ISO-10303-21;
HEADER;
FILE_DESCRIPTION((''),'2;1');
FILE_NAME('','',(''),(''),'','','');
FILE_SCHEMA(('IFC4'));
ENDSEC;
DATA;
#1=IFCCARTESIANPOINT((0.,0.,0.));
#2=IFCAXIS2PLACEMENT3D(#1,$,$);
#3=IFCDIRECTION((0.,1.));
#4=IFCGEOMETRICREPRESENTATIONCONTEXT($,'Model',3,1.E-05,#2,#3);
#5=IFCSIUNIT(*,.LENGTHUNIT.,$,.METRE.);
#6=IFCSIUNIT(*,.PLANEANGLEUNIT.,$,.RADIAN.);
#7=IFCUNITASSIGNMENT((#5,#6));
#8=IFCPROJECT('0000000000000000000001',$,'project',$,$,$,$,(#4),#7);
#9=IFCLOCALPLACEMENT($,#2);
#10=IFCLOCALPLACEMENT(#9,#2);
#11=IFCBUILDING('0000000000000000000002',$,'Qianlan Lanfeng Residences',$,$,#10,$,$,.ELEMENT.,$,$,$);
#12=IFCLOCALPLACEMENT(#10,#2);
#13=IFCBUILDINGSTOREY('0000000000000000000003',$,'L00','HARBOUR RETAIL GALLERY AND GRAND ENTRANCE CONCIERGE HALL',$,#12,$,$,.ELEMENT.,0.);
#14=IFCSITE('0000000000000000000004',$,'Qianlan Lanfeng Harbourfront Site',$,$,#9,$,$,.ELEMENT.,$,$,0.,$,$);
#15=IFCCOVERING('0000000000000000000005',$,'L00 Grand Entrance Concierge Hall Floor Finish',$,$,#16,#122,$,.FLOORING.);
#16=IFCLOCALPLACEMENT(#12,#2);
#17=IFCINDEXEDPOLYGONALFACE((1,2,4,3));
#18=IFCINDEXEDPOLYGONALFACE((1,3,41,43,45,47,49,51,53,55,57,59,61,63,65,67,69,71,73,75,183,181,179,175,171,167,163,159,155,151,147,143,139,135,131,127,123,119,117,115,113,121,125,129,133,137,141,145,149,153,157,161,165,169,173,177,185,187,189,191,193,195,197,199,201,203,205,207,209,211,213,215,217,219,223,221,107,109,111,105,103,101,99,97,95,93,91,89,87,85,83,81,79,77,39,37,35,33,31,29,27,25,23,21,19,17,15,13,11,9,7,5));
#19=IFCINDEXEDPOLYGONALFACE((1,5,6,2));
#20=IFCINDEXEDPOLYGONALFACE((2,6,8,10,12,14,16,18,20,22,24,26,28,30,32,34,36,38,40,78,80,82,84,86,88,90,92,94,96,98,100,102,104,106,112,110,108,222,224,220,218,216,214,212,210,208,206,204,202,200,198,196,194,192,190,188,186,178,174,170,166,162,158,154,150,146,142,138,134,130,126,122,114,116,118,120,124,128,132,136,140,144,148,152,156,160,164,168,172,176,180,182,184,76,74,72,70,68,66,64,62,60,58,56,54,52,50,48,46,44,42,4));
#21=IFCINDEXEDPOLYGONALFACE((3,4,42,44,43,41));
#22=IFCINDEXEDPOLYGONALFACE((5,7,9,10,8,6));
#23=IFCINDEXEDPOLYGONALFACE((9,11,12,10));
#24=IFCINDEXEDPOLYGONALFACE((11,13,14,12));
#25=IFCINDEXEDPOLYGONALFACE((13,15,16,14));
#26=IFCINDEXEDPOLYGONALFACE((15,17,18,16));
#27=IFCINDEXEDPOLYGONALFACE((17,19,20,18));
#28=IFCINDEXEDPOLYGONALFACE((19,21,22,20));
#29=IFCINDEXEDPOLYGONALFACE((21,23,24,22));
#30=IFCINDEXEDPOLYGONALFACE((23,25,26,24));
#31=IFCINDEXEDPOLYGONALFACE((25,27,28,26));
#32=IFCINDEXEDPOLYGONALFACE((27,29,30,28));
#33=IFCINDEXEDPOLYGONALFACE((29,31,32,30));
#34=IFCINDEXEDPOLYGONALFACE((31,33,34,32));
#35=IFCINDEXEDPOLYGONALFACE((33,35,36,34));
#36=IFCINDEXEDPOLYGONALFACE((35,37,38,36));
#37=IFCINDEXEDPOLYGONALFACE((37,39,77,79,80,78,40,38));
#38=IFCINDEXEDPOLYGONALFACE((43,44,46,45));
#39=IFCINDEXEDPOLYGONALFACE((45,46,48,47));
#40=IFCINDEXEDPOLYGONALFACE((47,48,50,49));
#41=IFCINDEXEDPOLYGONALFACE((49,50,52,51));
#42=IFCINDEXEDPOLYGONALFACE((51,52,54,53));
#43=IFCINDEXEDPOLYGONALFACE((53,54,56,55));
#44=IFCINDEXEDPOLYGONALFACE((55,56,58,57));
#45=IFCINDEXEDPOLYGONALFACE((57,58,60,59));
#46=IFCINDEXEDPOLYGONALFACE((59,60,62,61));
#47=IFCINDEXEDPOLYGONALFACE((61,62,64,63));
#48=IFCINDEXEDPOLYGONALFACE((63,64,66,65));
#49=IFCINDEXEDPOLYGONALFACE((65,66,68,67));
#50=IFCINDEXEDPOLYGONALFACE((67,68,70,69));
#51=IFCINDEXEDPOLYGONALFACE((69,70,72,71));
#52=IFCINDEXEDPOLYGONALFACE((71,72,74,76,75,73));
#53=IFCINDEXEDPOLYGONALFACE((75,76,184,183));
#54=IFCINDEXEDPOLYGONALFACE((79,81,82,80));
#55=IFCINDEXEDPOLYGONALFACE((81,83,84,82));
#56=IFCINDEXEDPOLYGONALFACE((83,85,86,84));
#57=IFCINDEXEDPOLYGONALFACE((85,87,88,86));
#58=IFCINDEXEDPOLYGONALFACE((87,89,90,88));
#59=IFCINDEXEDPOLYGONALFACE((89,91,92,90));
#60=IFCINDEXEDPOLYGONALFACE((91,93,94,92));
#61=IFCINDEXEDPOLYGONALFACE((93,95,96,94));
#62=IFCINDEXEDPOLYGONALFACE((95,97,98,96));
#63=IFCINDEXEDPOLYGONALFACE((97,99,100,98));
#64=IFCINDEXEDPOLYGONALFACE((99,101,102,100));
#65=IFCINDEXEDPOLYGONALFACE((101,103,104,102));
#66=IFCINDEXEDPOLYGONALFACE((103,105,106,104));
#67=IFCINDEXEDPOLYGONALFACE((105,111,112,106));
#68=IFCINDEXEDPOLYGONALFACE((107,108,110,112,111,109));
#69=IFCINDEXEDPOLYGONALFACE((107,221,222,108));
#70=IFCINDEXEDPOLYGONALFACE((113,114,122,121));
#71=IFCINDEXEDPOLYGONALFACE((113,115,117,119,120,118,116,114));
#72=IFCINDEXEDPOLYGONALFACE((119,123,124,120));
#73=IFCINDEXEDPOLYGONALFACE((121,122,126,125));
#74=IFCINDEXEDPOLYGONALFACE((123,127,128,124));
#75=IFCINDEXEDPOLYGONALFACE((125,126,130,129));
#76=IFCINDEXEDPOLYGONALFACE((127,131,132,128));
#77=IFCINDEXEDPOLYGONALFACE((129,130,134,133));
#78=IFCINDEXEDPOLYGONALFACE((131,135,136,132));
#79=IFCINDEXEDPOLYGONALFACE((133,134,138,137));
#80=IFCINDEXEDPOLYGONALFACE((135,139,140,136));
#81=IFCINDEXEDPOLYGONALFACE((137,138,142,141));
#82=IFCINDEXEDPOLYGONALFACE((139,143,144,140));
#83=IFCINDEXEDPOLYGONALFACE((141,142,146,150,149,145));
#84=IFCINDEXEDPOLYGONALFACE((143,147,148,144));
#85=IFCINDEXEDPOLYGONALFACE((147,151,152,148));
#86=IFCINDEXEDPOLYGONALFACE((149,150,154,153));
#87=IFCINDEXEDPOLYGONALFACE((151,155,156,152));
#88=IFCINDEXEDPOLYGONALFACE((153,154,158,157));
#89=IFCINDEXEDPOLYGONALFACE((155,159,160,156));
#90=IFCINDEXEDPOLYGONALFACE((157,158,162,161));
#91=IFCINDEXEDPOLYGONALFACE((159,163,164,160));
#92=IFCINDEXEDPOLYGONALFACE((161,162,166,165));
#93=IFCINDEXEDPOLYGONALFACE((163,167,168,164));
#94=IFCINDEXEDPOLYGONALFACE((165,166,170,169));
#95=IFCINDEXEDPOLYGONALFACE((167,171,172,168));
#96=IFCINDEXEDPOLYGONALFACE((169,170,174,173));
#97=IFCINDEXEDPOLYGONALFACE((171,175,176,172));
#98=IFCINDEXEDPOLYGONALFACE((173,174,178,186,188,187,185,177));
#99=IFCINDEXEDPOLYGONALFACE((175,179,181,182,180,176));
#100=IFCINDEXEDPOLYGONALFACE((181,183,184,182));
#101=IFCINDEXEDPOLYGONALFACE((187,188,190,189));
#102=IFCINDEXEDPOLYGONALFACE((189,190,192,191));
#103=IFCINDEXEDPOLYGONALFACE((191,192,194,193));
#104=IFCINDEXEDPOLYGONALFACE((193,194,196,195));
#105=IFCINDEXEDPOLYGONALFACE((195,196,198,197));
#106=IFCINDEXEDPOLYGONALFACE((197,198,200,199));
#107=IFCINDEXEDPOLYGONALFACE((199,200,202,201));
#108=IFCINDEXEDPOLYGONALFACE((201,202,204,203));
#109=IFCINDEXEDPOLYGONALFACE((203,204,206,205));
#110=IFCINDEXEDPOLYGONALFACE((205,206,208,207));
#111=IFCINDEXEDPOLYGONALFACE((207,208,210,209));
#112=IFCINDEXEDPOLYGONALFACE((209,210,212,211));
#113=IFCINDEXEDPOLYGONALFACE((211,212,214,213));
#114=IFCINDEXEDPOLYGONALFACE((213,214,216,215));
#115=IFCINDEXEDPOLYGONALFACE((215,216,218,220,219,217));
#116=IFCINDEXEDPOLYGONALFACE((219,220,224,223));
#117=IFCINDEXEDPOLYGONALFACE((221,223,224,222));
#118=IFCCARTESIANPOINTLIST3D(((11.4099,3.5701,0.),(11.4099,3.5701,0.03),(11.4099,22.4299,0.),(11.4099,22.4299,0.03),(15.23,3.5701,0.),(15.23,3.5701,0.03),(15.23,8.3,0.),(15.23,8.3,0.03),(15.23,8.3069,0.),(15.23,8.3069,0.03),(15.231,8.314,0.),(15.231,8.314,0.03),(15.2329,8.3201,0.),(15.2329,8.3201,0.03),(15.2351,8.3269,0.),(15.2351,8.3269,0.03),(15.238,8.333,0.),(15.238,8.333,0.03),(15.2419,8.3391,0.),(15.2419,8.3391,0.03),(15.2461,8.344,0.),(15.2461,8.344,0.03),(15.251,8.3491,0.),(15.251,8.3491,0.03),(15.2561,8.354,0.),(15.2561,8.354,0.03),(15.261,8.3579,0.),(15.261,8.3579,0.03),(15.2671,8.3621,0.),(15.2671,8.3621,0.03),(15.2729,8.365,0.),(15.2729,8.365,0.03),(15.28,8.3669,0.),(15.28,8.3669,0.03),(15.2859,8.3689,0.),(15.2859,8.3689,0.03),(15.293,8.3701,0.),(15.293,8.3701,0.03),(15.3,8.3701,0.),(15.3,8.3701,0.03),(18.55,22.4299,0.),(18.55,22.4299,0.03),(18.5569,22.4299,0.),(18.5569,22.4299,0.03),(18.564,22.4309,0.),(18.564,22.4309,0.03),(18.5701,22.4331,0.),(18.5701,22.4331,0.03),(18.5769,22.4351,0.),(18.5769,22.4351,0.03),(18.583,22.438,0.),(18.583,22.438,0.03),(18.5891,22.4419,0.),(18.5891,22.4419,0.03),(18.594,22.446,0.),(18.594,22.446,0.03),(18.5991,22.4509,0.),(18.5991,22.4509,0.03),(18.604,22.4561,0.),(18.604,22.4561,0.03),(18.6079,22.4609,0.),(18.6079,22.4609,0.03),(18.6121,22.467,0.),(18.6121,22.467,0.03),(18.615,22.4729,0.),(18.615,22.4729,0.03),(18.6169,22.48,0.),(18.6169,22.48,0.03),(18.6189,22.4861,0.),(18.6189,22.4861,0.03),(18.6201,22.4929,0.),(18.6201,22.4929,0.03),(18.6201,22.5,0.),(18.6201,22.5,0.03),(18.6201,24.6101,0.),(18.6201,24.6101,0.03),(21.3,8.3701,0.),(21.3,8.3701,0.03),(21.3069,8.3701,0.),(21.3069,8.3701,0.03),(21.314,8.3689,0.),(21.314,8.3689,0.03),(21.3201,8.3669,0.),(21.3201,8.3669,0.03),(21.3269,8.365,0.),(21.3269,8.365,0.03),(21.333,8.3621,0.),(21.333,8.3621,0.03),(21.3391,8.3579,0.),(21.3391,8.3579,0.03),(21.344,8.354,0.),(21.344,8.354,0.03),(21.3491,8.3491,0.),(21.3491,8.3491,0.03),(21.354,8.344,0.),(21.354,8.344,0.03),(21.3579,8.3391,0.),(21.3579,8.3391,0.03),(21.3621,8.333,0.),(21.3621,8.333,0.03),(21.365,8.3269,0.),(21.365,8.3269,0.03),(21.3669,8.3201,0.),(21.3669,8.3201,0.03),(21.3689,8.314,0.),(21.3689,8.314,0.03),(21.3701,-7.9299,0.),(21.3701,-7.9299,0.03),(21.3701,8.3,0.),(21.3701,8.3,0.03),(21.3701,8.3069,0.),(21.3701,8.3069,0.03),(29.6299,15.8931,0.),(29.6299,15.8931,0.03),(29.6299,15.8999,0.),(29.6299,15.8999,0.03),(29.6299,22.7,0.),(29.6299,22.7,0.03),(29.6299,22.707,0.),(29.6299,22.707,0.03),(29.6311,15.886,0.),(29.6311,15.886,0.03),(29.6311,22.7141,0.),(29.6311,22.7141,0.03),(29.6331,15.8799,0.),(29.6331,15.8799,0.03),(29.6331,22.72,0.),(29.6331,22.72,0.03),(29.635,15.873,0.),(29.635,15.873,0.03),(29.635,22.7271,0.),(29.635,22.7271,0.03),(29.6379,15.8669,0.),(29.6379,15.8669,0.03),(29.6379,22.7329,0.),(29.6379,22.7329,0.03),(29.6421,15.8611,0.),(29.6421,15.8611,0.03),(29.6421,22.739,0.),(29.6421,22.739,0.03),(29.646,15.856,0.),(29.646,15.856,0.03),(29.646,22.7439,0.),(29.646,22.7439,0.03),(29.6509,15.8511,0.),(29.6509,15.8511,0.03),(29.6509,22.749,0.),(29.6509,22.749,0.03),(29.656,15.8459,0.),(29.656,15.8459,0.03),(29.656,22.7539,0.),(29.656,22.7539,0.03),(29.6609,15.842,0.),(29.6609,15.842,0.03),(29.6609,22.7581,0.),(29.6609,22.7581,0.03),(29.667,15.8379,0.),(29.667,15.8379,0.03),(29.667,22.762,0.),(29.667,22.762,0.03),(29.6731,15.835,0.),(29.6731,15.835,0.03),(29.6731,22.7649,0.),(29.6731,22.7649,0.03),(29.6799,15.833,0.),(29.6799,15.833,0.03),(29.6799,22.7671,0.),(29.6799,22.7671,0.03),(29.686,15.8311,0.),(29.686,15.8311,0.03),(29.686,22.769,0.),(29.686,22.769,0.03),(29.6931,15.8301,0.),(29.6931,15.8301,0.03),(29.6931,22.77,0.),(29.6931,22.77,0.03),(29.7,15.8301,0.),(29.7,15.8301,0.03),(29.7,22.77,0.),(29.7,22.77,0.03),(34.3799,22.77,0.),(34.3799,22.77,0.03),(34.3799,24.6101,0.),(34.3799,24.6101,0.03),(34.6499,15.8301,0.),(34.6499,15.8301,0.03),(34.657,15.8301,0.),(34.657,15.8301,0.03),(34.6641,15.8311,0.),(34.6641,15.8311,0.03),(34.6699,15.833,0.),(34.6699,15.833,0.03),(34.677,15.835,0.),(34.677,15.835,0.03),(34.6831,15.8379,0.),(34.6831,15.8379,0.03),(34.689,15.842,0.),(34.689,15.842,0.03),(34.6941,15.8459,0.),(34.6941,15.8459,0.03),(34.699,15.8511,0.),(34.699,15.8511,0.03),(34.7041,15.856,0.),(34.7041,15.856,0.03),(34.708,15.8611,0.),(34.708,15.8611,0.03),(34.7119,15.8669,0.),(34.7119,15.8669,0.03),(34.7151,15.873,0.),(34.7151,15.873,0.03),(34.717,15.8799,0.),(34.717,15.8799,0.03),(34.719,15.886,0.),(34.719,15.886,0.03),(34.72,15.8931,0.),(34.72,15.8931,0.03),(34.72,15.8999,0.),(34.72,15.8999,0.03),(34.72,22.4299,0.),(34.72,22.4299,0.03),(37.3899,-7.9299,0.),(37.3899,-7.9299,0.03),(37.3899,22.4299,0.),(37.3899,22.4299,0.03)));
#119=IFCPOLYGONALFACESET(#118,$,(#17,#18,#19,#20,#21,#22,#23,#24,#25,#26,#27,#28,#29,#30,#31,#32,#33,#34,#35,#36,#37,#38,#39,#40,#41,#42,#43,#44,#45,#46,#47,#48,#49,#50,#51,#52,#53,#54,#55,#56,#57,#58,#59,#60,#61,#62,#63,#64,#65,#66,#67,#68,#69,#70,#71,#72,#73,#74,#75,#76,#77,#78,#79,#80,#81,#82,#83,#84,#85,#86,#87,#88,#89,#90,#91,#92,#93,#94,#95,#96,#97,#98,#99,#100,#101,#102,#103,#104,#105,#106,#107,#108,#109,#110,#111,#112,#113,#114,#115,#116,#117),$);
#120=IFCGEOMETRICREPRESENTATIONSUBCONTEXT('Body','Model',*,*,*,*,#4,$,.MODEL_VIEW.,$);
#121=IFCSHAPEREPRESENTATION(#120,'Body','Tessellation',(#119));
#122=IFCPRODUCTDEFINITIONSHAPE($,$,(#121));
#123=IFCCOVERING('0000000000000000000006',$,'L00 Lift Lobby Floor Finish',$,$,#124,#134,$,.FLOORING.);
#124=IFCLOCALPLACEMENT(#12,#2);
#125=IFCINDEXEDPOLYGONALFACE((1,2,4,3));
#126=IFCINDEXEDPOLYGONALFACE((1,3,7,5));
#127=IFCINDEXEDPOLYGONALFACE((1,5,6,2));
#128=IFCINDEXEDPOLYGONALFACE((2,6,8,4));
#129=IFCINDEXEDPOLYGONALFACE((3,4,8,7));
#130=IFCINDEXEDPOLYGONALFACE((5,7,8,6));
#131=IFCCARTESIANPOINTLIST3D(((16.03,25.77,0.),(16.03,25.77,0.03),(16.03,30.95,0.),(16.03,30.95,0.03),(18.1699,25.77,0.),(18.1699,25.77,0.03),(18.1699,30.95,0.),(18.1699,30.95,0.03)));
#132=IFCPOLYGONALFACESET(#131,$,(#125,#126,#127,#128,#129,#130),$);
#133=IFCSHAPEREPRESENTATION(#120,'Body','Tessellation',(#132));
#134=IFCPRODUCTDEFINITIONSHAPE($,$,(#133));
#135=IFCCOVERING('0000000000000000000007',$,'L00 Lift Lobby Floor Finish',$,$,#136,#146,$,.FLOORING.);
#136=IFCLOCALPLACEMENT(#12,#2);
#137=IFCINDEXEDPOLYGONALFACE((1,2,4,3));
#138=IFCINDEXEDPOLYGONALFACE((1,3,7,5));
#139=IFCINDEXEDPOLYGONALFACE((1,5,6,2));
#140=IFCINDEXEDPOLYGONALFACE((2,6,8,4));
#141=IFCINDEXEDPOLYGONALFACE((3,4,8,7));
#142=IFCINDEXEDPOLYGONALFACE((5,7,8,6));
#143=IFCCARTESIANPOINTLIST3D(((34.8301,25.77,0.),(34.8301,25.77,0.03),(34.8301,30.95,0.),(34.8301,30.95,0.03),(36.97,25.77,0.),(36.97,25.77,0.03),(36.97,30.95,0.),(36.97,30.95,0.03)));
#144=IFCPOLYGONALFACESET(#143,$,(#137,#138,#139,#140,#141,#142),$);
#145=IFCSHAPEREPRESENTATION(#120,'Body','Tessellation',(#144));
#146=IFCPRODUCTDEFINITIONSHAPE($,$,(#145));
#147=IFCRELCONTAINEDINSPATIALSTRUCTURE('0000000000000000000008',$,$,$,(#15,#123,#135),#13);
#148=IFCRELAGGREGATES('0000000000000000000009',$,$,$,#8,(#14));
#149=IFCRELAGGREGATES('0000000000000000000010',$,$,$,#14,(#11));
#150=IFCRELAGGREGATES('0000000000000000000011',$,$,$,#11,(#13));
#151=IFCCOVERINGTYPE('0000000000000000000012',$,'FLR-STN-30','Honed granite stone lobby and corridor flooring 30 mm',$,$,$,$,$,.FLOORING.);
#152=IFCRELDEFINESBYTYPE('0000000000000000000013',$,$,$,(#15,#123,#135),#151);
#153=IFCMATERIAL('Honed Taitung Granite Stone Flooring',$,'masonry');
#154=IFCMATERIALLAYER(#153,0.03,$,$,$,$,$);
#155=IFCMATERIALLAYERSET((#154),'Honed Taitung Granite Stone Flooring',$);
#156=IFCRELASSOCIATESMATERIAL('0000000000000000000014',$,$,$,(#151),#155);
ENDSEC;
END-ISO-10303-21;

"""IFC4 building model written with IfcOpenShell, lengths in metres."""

from ifc_helpers import new_model, si_unit, direction, origin, place, context, subcontext, project, spatial, polyline, outline, extrude, material, layer, layer_set, type_object, element, save


model = new_model("IFC4")

# Units and contexts
model_context = context("Model", 3, precision=1e-05, world=origin(), true_north=direction((0.0, 1.0)))
body_context = subcontext(model_context, "Body", "Model", "MODEL_VIEW")
ifc_project = project(units=[si_unit("LENGTHUNIT", "METRE"), si_unit("PLANEANGLEUNIT", "RADIAN")], contexts=[model_context])

# Site, building, storey
site_placement = place(None, origin())
site = spatial("IfcSite", under=ifc_project, at=site_placement, Name="Qianlan Lanfeng Harbourfront Site", CompositionType="ELEMENT", RefElevation=0.0)
building_placement = place(site_placement, origin())
building = spatial("IfcBuilding", under=site, at=building_placement, Name="Qianlan Lanfeng Residences", CompositionType="ELEMENT")
storey_placement = place(building_placement, origin())
storey = spatial("IfcBuildingStorey", under=building, at=storey_placement, Name="L00", Description="HARBOUR RETAIL GALLERY AND GRAND ENTRANCE CONCIERGE HALL", CompositionType="ELEMENT", Elevation=0.0)

# Coverings
ifc_material_1 = material(Name="Honed Taitung Granite Stone Flooring", Category="masonry")
ifc_layer_1 = layer(ifc_material_1, 0.03)
ifc_layer_set_1 = layer_set([ifc_layer_1], Name="Honed Taitung Granite Stone Flooring")
covering_type_1 = type_object("IfcCoveringType", Name="FLR-STN-30", Description="Honed granite stone lobby and corridor flooring 30 mm", PredefinedType="FLOORING", material=ifc_layer_set_1)
covering_1_placement = place(storey_placement, origin())
element("IfcCovering", 1, at=covering_1_placement, inside=storey, type_object=covering_type_1, Name="L00 Grand Entrance Concierge Hall Floor Finish", PredefinedType="FLOORING", context=body_context, shape_type="SweptSolid", body=[
    extrude(outline(polyline([(37.3899, -7.9299), (37.3899, 22.4299), (34.72, 22.4299), (34.72, 15.8999), (34.72, 15.8931), (34.719, 15.886), (34.717, 15.8799), (34.7151, 15.873), (34.7119, 15.8669), (34.708, 15.8611), (34.7041, 15.856), (34.699, 15.8511), (34.6941, 15.8459), (34.689, 15.842), (34.6831, 15.8379), (34.677, 15.835), (34.6699, 15.833), (34.6641, 15.8311), (34.657, 15.8301), (34.6499, 15.8301), (29.7, 15.8301), (29.6931, 15.8301), (29.686, 15.8311), (29.6799, 15.833), (29.6731, 15.835), (29.667, 15.8379), (29.6609, 15.842), (29.656, 15.8459), (29.6509, 15.8511), (29.646, 15.856), (29.6421, 15.8611), (29.6379, 15.8669), (29.635, 15.873), (29.6331, 15.8799), (29.6311, 15.886), (29.6299, 15.8931), (29.6299, 15.8999), (29.6299, 22.7), (29.6299, 22.707), (29.6311, 22.7141), (29.6331, 22.72), (29.635, 22.7271), (29.6379, 22.7329), (29.6421, 22.739), (29.646, 22.7439), (29.6509, 22.749), (29.656, 22.7539), (29.6609, 22.7581), (29.667, 22.762), (29.6731, 22.7649), (29.6799, 22.7671), (29.686, 22.769), (29.6931, 22.77), (29.7, 22.77), (34.3799, 22.77), (34.3799, 24.6101), (18.6201, 24.6101), (18.6201, 22.5), (18.6201, 22.4929), (18.6189, 22.4861), (18.6169, 22.48), (18.615, 22.4729), (18.6121, 22.467), (18.6079, 22.4609), (18.604, 22.4561), (18.5991, 22.4509), (18.594, 22.446), (18.5891, 22.4419), (18.583, 22.438), (18.5769, 22.4351), (18.5701, 22.4331), (18.564, 22.4309), (18.5569, 22.4299), (18.55, 22.4299), (11.4099, 22.4299), (11.4099, 3.5701), (15.23, 3.5701), (15.23, 8.3), (15.23, 8.3069), (15.231, 8.314), (15.2329, 8.3201), (15.2351, 8.3269), (15.238, 8.333), (15.2419, 8.3391), (15.2461, 8.344), (15.251, 8.3491), (15.2561, 8.354), (15.261, 8.3579), (15.2671, 8.3621), (15.2729, 8.365), (15.28, 8.3669), (15.2859, 8.3689), (15.293, 8.3701), (15.3, 8.3701), (21.3, 8.3701), (21.3069, 8.3701), (21.314, 8.3689), (21.3201, 8.3669), (21.3269, 8.365), (21.333, 8.3621), (21.3391, 8.3579), (21.344, 8.354), (21.3491, 8.3491), (21.354, 8.344), (21.3579, 8.3391), (21.3621, 8.333), (21.365, 8.3269), (21.3669, 8.3201), (21.3689, 8.314), (21.3701, 8.3069), (21.3701, 8.3), (21.3701, -7.9299), (37.3899, -7.9299)])), origin(), (0.0, 0.0, 1.0), 0.03),
])
covering_2_placement = place(storey_placement, origin())
element("IfcCovering", 2, at=covering_2_placement, inside=storey, type_object=covering_type_1, Name="L00 Lift Lobby Floor Finish", PredefinedType="FLOORING", context=body_context, shape_type="SweptSolid", body=[
    extrude(outline(polyline([(16.03, 25.77), (18.1699, 25.77), (18.1699, 30.95), (16.03, 30.95), (16.03, 25.77)])), origin(), (0.0, 0.0, 1.0), 0.03),
])
covering_3_placement = place(storey_placement, origin())
element("IfcCovering", 3, at=covering_3_placement, inside=storey, type_object=covering_type_1, Name="L00 Lift Lobby Floor Finish", PredefinedType="FLOORING", context=body_context, shape_type="SweptSolid", body=[
    extrude(outline(polyline([(34.8301, 25.77), (36.97, 25.77), (36.97, 30.95), (34.8301, 30.95), (34.8301, 25.77)])), origin(), (0.0, 0.0, 1.0), 0.03),
])

save(model, "model.ifc")
